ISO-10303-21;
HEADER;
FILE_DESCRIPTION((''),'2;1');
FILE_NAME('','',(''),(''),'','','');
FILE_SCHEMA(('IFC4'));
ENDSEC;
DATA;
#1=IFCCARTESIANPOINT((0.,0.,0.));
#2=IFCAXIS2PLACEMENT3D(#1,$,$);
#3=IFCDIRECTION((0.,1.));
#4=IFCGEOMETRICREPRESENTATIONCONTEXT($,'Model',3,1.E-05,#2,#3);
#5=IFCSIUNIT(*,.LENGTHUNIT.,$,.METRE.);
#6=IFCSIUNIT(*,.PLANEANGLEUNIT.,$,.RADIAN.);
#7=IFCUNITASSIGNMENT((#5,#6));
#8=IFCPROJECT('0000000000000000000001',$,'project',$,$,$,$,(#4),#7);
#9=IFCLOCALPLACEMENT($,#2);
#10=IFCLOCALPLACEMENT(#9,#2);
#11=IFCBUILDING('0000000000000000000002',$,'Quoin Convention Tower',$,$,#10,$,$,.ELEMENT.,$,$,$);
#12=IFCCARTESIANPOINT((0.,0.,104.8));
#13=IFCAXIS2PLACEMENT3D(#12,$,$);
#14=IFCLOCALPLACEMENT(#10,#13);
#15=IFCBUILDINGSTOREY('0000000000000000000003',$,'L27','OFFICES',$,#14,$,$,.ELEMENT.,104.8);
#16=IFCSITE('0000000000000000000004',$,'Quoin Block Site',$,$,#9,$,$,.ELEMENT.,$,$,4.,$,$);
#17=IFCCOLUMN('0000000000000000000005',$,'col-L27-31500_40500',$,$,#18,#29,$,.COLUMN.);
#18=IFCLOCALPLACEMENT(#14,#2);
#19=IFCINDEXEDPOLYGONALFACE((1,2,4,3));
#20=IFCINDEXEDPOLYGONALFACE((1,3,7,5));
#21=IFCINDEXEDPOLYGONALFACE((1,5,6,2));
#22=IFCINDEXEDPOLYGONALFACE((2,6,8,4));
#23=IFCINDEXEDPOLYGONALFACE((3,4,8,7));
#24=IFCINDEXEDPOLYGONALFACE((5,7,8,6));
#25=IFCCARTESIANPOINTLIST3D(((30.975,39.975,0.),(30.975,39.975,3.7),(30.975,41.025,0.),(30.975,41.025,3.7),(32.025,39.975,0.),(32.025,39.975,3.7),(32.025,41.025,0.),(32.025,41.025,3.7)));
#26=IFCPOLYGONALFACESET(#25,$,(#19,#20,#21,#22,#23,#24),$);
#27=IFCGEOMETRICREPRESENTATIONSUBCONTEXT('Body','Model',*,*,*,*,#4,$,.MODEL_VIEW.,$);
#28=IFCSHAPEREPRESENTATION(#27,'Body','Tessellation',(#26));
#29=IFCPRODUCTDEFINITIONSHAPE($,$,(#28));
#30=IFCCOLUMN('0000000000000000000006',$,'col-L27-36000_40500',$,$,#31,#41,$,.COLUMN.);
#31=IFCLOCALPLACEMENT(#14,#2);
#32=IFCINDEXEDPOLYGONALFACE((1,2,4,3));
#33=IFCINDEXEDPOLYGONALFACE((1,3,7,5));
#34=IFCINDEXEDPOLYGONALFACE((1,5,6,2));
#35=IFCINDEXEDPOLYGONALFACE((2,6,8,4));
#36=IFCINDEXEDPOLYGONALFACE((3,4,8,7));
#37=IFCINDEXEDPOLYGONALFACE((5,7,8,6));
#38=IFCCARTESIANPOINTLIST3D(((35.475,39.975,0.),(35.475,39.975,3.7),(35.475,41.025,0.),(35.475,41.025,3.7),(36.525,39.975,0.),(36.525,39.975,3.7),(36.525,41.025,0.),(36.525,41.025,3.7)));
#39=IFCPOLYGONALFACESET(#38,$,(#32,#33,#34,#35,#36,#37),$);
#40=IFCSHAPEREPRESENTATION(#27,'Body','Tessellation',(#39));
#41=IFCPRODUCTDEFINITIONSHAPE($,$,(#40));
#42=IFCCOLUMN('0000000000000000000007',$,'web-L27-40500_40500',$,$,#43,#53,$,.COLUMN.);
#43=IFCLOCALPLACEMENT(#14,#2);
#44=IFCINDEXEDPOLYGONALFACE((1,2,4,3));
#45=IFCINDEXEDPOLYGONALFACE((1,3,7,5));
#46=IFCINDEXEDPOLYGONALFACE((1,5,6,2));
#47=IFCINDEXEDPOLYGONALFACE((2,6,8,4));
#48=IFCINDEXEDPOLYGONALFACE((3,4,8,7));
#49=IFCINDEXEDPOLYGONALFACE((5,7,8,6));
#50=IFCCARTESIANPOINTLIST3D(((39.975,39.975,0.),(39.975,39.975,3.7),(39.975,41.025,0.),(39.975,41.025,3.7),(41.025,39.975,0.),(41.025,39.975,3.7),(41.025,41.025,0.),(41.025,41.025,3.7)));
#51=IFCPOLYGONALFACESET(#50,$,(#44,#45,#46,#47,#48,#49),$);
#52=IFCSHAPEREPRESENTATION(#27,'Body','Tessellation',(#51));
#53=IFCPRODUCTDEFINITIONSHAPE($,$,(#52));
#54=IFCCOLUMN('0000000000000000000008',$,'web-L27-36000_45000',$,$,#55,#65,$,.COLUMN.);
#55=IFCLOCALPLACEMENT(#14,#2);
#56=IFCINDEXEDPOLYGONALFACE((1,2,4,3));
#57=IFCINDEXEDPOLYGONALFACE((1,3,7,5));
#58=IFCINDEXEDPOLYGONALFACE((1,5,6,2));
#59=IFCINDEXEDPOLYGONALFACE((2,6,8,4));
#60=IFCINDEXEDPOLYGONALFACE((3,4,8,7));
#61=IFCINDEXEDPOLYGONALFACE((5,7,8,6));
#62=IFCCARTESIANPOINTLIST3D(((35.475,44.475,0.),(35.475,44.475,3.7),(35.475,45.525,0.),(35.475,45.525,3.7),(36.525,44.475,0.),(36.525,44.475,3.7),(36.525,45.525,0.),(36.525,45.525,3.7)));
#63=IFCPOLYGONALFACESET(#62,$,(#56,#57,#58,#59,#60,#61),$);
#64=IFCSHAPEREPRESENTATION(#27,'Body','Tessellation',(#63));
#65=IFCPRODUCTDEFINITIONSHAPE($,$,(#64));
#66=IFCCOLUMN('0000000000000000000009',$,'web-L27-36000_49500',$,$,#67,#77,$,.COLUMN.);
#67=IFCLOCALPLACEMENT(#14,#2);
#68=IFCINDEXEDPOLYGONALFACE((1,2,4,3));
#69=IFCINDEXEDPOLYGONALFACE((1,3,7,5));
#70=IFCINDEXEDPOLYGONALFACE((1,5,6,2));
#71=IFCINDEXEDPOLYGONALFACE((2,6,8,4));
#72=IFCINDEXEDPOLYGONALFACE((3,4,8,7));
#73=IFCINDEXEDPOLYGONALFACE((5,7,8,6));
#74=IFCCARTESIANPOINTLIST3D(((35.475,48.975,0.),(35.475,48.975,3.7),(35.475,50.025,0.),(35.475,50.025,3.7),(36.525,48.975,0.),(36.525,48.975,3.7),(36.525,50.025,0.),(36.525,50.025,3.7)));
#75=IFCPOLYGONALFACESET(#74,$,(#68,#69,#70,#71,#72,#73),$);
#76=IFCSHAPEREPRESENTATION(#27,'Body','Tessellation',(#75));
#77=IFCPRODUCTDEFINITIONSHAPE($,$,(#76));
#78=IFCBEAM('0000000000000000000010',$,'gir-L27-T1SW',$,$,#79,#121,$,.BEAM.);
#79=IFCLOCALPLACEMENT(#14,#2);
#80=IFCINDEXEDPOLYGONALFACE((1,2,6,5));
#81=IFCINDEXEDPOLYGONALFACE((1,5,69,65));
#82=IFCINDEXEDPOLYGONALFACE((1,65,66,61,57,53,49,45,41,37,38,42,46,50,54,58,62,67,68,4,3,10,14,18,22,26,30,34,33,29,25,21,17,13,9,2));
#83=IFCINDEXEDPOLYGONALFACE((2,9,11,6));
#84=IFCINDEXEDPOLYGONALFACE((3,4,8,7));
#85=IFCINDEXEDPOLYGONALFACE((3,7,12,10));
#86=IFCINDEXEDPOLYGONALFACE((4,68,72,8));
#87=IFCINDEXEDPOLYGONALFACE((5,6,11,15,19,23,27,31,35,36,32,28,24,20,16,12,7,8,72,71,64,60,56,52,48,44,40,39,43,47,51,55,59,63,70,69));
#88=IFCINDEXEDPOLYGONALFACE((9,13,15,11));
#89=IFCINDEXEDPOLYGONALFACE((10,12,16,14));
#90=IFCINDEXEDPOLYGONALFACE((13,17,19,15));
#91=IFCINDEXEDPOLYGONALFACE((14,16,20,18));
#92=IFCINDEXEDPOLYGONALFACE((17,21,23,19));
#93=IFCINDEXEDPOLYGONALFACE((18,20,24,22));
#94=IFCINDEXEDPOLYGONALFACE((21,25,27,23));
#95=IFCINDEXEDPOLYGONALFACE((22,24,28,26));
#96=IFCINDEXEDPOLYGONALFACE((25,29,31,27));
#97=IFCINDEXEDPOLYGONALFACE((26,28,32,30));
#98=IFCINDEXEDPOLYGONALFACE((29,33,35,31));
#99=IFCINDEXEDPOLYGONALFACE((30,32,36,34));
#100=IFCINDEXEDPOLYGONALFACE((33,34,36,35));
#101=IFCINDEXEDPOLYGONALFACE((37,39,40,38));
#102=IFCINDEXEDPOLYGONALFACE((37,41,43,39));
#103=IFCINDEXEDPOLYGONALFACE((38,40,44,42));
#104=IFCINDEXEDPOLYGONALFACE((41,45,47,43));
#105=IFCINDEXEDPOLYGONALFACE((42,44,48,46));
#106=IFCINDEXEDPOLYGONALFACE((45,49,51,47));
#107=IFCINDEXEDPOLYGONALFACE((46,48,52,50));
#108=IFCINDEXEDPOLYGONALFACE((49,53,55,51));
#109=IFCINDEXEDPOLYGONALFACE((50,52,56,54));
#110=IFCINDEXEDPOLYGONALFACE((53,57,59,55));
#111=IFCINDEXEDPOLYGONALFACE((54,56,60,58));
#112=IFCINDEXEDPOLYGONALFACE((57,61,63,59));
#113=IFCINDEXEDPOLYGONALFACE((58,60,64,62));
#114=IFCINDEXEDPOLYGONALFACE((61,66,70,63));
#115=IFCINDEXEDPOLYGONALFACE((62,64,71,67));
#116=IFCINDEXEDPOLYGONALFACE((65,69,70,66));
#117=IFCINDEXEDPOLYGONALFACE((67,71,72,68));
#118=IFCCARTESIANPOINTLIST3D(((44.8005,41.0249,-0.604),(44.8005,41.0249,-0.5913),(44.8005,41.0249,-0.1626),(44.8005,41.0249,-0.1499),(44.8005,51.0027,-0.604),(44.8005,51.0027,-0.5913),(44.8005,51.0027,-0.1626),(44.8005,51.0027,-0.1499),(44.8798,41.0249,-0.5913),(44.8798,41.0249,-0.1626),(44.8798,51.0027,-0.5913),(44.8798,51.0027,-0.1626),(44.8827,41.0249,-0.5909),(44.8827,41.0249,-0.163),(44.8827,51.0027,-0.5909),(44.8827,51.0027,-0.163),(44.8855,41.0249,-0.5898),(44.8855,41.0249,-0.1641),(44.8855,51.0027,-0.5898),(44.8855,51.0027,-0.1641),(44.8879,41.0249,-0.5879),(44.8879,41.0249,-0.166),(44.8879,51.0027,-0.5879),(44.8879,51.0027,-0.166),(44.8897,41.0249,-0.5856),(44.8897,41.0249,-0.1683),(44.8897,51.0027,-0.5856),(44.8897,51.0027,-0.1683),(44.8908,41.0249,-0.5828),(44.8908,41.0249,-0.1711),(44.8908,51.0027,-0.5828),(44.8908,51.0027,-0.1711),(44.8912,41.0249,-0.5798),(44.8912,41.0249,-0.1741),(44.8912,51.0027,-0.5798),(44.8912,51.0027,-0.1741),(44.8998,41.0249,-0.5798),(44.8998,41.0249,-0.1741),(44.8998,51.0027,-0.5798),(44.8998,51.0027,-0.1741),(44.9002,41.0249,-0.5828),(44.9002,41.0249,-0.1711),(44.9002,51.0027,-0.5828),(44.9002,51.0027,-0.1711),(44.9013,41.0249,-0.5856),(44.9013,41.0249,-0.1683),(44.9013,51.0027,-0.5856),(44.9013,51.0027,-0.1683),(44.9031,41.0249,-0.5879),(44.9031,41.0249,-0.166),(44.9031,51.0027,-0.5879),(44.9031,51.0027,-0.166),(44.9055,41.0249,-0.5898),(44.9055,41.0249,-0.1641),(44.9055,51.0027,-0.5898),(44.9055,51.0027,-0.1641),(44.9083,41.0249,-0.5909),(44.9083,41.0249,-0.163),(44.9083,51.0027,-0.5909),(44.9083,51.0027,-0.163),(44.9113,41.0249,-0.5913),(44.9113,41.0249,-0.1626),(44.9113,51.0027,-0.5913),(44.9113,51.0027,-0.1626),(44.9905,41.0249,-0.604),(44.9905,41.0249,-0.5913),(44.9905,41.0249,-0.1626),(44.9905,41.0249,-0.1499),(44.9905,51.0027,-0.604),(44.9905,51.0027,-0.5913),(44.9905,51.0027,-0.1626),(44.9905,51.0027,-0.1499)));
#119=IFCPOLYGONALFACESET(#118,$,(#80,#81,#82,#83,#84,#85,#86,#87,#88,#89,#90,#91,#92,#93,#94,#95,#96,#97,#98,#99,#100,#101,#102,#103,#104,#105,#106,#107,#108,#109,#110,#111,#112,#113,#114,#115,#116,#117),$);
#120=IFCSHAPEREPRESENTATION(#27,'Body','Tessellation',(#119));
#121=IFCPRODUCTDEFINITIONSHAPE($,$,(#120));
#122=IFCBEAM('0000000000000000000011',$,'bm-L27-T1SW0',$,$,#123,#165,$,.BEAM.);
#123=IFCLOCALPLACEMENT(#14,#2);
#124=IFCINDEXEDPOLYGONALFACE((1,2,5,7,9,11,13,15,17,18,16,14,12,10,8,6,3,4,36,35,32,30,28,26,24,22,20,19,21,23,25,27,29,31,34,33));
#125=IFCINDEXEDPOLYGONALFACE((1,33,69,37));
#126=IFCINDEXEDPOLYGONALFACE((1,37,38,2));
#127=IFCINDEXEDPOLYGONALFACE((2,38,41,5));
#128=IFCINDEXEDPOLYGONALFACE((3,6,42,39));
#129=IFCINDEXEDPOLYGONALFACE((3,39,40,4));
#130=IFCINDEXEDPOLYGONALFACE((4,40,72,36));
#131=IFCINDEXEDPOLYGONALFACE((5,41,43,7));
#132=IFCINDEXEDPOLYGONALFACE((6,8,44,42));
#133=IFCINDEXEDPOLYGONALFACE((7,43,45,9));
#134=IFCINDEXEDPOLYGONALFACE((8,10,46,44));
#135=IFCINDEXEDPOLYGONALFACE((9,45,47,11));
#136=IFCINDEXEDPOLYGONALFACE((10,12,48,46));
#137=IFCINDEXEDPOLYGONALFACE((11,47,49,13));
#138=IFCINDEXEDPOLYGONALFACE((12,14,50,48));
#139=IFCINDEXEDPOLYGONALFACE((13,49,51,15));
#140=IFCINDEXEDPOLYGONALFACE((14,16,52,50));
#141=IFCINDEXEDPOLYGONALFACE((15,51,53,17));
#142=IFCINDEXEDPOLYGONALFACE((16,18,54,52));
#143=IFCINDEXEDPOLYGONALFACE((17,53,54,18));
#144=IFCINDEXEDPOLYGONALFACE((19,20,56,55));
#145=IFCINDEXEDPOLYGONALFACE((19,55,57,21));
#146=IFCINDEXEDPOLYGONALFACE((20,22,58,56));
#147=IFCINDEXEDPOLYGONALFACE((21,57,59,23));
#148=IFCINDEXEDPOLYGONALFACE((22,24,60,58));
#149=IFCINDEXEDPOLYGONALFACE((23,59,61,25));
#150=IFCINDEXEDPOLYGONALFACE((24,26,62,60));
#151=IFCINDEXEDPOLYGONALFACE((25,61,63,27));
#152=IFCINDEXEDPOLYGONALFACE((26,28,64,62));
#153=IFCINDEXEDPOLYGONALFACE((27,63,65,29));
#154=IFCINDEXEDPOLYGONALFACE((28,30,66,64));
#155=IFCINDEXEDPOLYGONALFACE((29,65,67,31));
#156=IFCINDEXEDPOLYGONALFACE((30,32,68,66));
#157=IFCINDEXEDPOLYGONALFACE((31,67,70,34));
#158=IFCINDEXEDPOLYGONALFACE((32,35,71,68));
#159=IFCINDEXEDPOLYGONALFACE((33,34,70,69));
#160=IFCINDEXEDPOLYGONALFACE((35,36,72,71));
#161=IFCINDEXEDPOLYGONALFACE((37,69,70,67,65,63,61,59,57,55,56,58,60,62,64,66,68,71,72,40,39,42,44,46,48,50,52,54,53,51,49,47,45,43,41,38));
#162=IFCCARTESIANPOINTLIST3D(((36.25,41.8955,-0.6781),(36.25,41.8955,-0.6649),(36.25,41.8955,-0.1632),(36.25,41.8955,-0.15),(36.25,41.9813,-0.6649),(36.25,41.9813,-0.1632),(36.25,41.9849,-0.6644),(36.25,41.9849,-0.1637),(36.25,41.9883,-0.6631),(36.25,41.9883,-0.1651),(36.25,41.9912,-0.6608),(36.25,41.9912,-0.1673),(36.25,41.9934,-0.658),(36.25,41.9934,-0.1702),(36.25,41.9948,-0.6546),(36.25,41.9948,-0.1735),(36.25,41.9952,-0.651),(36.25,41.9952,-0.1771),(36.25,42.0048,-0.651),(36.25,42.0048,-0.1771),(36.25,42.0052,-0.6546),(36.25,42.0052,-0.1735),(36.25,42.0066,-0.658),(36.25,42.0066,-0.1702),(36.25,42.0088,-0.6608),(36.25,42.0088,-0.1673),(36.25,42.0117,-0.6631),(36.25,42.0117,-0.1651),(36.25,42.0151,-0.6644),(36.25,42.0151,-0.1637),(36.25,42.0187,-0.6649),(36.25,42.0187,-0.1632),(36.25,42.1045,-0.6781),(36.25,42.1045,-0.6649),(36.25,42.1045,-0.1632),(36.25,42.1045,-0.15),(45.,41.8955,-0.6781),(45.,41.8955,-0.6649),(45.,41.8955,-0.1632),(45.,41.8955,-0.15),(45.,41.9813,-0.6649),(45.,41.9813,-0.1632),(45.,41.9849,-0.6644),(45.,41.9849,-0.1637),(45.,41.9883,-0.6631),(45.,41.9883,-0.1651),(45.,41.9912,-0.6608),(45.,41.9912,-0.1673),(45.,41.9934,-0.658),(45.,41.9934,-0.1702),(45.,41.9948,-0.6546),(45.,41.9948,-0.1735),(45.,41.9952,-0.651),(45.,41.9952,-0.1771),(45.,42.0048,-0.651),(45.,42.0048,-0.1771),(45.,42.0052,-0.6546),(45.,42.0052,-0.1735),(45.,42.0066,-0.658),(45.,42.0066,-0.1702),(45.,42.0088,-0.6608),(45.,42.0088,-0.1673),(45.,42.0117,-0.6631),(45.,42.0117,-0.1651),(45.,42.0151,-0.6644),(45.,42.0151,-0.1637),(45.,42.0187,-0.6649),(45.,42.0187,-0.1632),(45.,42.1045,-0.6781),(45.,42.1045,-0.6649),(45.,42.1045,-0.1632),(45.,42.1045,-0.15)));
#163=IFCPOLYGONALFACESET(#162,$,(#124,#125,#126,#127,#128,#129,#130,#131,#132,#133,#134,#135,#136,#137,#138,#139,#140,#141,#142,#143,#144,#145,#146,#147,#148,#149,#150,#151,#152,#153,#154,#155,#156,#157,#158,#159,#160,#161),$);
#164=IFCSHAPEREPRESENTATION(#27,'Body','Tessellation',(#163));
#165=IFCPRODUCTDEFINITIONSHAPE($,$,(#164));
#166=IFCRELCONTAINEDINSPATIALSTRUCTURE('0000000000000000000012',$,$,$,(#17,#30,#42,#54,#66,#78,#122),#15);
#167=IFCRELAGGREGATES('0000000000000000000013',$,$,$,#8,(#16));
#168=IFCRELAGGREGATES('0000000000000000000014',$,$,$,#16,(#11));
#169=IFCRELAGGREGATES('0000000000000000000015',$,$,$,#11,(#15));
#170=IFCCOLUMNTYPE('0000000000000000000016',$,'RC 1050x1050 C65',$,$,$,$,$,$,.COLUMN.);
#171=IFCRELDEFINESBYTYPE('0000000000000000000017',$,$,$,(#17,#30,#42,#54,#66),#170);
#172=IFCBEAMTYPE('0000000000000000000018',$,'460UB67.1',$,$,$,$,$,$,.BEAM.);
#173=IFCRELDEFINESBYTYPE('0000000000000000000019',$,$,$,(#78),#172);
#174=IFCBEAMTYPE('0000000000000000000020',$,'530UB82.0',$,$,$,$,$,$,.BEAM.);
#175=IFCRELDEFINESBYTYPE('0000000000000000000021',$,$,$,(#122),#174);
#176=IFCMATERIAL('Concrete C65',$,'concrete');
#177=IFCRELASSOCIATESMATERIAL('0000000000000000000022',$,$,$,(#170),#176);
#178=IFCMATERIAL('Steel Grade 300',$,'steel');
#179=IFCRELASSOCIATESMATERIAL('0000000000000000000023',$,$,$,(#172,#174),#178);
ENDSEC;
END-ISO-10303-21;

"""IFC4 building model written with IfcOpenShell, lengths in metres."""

from ifc_helpers import new_model, si_unit, direction, frame, origin, origin_2d, place, context, subcontext, project, spatial, rectangle, i_section, extrude, material, material_profile, profile_set, type_object, element, save


model = new_model("IFC4")

# Units and contexts
model_context = context("Model", 3, precision=1e-05, world=origin(), true_north=direction((0.0, 1.0)))
body_context = subcontext(model_context, "Body", "Model", "MODEL_VIEW")
ifc_project = project(units=[si_unit("LENGTHUNIT", "METRE"), si_unit("PLANEANGLEUNIT", "RADIAN")], contexts=[model_context])

# Site, building, storey
site_placement = place(None, origin())
site = spatial("IfcSite", under=ifc_project, at=site_placement, Name="Quoin Block Site", CompositionType="ELEMENT", RefElevation=4.0)
building_placement = place(site_placement, origin())
building = spatial("IfcBuilding", under=site, at=building_placement, Name="Quoin Convention Tower", CompositionType="ELEMENT")
storey_placement = place(building_placement, frame((0.0, 0.0, 104.8)))
storey = spatial("IfcBuildingStorey", under=building, at=storey_placement, Name="L27", Description="OFFICES", CompositionType="ELEMENT", Elevation=104.8)

# Columns
ifc_material_1 = material(Name="Concrete C65", Category="concrete")
ifc_material_profile_1 = material_profile(ifc_material_1, rectangle(XDim=1.05, YDim=1.05, at=origin_2d()), Name="RC 1050x1050")
ifc_profile_set_1 = profile_set([ifc_material_profile_1], Name="Concrete C65")
column_type = type_object("IfcColumnType", Name="RC 1050x1050 C65", PredefinedType="COLUMN", material=ifc_profile_set_1)
for number, where, z_axis, x_axis, name in (
    (1, (31.5, 40.5, 0.0), (0.0, 0.0, 1.0), (1.0, 0.0, 0.0), "col-L27-31500_40500"),
    (2, (36.0, 40.5, 0.0), (0.0, 0.0, 1.0), (1.0, 0.0, 0.0), "col-L27-36000_40500"),
    (3, (40.5, 40.5, 0.0), (0.0, 0.0, 1.0), (1.0, 0.0, 0.0), "web-L27-40500_40500"),
    (4, (36.0, 45.0, 0.0), (0.0, 0.0, 1.0), (1.0, 0.0, 0.0), "web-L27-36000_45000"),
    (5, (36.0, 49.5, 0.0), (0.0, 0.0, 1.0), (1.0, 0.0, 0.0), "web-L27-36000_49500"),
):
    element("IfcColumn", number, at=place(storey_placement, frame(where, z_axis=z_axis, x_axis=x_axis)), inside=storey, type_object=column_type, Name=name, PredefinedType="COLUMN", context=body_context, shape_type="SweptSolid", body=[
        extrude(rectangle(XDim=1.05, YDim=1.05, at=origin_2d()), origin(), (0.0, 0.0, 1.0), 3.7),
    ])

# Beams
ifc_material_2 = material(Name="Steel Grade 300", Category="steel")
ifc_material_profile_2 = material_profile(ifc_material_2, i_section(OverallWidth=0.1899, OverallDepth=0.4541, WebThickness=0.0085, FlangeThickness=0.0127, FilletRadius=0.0115, at=origin_2d()), Name="460UB67.1")
ifc_profile_set_2 = profile_set([ifc_material_profile_2], Name="Steel Grade 300")
beam_type_1 = type_object("IfcBeamType", Name="460UB67.1", PredefinedType="BEAM", material=ifc_profile_set_2)
beam_1_placement = place(storey_placement, frame((44.8955, 41.0249, -0.377), z_axis=(0.0, 1.0, 0.0), x_axis=(-1.0, 0.0, 0.0)))
element("IfcBeam", 6, at=beam_1_placement, inside=storey, type_object=beam_type_1, Name="gir-L27-T1SW", PredefinedType="BEAM", context=body_context, shape_type="SweptSolid", body=[
    extrude(i_section(OverallWidth=0.1899, OverallDepth=0.4541, WebThickness=0.0085, FlangeThickness=0.0127, FilletRadius=0.0115, at=origin_2d()), origin(), (0.0, 0.0, 1.0), 9.9778),
])
ifc_material_profile_3 = material_profile(ifc_material_2, i_section(OverallWidth=0.209, OverallDepth=0.5281, WebThickness=0.0095, FlangeThickness=0.0132, FilletRadius=0.0139, at=origin_2d()), Name="530UB82.0")
ifc_profile_set_3 = profile_set([ifc_material_profile_3], Name="Steel Grade 300")
beam_type_2 = type_object("IfcBeamType", Name="530UB82.0", PredefinedType="BEAM", material=ifc_profile_set_3)
beam_2_placement = place(storey_placement, frame((36.25, 42.0, -0.4141), z_axis=(1.0, 0.0, 0.0), x_axis=(0.0, 1.0, 0.0)))
element("IfcBeam", 7, at=beam_2_placement, inside=storey, type_object=beam_type_2, Name="bm-L27-T1SW0", PredefinedType="BEAM", context=body_context, shape_type="SweptSolid", body=[
    extrude(i_section(OverallWidth=0.209, OverallDepth=0.5281, WebThickness=0.0095, FlangeThickness=0.0132, FilletRadius=0.0139, at=origin_2d()), origin(), (0.0, 0.0, 1.0), 8.75),
])

save(model, "model.ifc")
